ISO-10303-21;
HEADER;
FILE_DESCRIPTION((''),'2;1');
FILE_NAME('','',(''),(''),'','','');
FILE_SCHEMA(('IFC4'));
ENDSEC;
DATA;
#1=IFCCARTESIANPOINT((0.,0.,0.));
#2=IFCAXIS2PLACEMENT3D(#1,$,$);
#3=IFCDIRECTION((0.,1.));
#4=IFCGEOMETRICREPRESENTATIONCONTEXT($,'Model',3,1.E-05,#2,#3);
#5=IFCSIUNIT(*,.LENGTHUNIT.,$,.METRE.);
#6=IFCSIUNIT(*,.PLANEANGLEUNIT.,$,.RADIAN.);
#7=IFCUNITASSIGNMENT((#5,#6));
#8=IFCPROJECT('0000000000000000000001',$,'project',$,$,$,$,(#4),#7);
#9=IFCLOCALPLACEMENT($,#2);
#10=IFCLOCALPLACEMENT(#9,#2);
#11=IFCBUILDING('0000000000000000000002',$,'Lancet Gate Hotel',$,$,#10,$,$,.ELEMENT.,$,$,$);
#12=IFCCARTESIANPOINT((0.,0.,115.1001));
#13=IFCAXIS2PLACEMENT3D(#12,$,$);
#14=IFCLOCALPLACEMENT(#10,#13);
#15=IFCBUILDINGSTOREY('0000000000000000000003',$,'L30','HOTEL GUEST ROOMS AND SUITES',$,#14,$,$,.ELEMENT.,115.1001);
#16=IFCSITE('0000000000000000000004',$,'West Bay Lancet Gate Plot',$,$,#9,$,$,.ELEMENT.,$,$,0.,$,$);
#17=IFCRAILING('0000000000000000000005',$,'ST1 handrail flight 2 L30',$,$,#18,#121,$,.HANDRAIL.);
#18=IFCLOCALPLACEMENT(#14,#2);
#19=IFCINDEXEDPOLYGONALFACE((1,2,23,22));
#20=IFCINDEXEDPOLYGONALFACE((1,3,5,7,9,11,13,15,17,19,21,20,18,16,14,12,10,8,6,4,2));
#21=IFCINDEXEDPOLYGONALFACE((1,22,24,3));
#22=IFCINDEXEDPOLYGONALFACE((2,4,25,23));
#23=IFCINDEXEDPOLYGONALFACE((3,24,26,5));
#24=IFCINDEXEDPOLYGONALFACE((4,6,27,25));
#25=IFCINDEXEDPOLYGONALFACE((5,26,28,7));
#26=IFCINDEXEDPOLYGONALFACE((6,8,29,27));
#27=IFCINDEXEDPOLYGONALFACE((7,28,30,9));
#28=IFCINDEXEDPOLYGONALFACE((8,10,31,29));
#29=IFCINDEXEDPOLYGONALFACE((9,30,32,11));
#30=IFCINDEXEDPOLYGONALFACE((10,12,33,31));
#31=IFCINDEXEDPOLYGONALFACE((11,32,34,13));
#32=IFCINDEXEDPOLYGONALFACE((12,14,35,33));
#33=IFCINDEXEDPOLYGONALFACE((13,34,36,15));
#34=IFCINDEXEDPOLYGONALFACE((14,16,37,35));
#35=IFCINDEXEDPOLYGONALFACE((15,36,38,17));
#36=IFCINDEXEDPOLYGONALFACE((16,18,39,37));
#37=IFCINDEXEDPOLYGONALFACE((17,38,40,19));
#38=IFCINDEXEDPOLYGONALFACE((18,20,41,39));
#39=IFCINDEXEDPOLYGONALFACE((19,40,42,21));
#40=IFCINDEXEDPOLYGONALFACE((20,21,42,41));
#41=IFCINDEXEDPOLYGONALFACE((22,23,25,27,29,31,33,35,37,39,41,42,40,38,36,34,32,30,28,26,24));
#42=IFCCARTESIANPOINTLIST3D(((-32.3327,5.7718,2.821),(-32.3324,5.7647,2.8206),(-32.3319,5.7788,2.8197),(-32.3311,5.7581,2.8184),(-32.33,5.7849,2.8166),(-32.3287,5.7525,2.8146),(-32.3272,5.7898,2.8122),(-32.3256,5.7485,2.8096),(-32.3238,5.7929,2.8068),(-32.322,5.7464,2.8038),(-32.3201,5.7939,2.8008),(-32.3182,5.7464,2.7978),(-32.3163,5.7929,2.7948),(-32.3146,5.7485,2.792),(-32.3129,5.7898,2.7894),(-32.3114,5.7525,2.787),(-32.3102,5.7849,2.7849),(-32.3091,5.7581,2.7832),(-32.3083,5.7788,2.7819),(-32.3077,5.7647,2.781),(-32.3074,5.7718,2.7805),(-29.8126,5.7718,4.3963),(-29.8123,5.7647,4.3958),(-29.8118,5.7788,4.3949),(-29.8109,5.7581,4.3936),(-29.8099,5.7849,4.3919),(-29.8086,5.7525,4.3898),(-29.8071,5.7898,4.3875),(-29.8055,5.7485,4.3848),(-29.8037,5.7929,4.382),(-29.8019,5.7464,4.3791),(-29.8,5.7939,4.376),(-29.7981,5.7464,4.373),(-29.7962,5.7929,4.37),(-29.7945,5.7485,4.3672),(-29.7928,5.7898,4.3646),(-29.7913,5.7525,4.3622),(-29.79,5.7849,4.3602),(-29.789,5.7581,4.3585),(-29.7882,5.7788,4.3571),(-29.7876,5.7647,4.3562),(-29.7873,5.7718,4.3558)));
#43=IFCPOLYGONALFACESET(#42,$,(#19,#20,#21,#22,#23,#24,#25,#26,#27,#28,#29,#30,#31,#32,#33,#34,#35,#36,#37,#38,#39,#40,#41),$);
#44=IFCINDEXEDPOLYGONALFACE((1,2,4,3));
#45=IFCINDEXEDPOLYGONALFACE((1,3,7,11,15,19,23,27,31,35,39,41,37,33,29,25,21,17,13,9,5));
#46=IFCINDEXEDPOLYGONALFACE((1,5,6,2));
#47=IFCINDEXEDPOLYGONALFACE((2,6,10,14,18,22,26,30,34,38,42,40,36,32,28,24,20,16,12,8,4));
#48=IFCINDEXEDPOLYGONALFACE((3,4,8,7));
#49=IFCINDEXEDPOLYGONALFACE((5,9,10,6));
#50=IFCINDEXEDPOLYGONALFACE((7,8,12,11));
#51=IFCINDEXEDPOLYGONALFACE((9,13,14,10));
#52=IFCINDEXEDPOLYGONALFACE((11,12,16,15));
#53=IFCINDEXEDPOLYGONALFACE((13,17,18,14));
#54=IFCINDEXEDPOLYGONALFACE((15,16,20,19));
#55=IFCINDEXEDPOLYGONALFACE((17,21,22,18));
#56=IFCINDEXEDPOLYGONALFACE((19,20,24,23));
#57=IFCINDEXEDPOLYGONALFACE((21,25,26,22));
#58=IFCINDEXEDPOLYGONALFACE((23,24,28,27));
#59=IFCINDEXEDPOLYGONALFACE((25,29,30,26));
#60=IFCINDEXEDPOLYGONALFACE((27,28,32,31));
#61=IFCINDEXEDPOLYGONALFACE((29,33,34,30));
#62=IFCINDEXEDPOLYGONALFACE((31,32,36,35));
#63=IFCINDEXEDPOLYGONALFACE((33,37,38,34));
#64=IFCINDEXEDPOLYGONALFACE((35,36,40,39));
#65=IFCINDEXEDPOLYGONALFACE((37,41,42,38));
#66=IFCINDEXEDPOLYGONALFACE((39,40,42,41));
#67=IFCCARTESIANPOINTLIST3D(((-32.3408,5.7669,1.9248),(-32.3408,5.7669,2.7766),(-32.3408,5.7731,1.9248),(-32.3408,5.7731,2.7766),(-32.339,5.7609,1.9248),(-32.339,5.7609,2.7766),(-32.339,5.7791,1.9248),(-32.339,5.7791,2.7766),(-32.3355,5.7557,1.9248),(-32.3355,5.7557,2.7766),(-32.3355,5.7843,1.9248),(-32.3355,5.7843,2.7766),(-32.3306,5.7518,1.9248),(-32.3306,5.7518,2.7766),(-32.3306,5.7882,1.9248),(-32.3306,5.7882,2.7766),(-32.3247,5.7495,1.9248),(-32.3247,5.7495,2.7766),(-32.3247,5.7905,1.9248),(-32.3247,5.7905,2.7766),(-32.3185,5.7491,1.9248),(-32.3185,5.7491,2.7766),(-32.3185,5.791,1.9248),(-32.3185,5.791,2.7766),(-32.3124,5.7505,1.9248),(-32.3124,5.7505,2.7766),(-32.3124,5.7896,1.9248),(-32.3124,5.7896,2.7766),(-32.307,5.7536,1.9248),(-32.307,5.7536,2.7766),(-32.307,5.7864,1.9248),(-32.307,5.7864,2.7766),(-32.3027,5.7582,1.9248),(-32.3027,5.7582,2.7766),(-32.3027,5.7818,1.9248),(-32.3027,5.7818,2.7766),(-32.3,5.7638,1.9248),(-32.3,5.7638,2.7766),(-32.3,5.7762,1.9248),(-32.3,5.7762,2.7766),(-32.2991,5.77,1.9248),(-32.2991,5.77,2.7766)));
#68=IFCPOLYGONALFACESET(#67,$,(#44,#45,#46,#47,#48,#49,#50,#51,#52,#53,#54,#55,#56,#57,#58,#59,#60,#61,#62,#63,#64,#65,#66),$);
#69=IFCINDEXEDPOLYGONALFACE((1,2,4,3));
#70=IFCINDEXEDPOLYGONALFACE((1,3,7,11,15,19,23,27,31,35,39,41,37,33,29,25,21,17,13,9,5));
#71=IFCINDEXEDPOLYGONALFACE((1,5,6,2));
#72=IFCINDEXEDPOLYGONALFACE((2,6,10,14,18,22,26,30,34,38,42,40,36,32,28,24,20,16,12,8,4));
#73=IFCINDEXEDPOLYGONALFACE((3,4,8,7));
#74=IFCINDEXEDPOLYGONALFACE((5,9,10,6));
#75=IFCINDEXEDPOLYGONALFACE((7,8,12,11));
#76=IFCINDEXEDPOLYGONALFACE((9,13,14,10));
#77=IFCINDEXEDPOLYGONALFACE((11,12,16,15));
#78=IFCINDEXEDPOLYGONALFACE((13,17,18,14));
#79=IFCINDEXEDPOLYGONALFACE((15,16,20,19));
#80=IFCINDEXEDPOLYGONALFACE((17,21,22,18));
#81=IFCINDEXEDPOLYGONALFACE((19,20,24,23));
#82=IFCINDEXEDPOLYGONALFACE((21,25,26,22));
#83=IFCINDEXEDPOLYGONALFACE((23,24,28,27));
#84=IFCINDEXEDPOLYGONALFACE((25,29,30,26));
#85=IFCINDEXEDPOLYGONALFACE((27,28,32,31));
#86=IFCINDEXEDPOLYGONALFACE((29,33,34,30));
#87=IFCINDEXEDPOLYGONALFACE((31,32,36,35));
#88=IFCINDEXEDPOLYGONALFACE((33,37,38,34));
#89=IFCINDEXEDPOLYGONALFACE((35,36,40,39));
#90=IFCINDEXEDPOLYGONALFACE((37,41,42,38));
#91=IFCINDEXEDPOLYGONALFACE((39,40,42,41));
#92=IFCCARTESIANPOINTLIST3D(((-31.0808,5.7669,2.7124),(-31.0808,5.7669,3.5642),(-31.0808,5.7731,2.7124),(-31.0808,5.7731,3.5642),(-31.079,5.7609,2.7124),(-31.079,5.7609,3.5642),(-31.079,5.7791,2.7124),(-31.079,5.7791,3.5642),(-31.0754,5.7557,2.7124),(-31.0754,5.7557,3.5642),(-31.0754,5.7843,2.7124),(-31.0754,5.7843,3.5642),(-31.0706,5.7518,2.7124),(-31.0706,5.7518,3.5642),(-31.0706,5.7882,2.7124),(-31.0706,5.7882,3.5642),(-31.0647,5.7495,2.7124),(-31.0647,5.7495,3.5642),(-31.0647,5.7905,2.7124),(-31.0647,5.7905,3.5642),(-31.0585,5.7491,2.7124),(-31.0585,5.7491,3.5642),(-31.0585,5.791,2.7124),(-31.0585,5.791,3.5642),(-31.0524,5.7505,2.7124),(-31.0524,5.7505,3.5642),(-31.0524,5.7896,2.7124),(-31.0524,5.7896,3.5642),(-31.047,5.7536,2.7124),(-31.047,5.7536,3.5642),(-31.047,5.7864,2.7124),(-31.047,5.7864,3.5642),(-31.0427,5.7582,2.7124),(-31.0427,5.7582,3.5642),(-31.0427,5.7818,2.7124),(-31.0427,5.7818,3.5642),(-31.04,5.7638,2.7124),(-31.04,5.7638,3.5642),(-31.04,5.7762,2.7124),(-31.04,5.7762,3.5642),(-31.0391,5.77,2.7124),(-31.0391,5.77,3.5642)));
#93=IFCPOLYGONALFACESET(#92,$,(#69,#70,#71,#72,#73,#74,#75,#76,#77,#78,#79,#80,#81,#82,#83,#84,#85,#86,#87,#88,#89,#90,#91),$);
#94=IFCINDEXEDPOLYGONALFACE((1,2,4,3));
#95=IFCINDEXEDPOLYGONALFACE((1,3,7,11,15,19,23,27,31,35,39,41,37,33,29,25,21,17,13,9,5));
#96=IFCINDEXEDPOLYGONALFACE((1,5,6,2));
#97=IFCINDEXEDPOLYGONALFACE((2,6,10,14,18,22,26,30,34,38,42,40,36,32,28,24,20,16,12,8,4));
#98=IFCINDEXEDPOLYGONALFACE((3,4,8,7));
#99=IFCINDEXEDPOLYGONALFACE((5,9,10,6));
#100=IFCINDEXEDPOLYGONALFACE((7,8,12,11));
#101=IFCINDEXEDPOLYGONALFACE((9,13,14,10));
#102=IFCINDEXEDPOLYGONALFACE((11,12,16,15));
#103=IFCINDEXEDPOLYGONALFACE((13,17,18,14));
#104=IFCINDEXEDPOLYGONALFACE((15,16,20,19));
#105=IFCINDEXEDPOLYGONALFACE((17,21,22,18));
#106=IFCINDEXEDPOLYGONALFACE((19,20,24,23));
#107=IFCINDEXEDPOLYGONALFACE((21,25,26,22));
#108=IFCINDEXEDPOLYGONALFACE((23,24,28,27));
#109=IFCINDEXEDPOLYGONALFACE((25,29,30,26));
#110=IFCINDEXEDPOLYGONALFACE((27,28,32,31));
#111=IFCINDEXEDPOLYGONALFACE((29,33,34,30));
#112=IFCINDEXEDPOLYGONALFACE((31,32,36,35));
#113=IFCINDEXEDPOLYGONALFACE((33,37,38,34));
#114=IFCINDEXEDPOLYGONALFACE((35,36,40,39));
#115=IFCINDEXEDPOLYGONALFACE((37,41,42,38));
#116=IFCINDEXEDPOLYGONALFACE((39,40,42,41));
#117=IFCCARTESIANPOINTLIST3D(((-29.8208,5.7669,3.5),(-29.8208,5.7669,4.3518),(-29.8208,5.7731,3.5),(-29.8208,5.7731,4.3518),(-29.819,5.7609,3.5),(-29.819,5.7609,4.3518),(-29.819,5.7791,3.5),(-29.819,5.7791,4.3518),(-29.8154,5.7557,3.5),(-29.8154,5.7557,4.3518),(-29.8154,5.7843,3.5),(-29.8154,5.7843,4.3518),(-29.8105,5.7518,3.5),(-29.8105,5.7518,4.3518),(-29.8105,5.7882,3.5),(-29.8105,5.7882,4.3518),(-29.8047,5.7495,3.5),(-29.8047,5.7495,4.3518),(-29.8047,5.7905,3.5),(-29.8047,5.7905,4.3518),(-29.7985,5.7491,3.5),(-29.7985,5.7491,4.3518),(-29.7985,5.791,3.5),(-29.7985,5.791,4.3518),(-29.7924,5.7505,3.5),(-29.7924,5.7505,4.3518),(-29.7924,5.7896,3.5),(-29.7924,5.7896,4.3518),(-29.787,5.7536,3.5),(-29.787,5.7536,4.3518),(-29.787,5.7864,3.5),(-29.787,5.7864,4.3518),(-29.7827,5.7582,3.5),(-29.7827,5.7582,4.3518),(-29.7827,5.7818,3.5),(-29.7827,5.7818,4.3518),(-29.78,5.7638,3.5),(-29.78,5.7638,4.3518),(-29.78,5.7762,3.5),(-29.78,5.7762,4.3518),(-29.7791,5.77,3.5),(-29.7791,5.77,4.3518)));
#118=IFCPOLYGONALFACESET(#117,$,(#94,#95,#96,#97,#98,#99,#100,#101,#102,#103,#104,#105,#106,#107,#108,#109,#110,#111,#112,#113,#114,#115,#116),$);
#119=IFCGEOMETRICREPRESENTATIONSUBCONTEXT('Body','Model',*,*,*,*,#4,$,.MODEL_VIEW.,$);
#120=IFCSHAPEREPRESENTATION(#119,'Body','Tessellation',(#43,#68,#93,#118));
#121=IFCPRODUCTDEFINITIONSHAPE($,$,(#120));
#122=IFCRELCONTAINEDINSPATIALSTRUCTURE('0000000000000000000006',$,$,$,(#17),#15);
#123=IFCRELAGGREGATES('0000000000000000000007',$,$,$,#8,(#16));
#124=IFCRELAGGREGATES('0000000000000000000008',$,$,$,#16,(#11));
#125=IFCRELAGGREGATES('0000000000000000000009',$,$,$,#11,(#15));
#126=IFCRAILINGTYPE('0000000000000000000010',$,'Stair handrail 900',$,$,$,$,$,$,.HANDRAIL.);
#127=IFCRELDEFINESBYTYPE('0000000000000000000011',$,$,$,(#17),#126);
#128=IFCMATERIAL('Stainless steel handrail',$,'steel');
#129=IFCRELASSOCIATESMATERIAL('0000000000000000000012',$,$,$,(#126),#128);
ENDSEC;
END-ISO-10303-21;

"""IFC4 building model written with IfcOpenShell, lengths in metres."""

from ifc_helpers import new_model, si_unit, direction, frame, origin, origin_2d, place, context, subcontext, project, spatial, circle, extrude, material, type_object, element, save


model = new_model("IFC4")

# Units and contexts
model_context = context("Model", 3, precision=1e-05, world=origin(), true_north=direction((0.0, 1.0)))
body_context = subcontext(model_context, "Body", "Model", "MODEL_VIEW")
ifc_project = project(units=[si_unit("LENGTHUNIT", "METRE"), si_unit("PLANEANGLEUNIT", "RADIAN")], contexts=[model_context])

# Site, building, storey
site_placement = place(None, origin())
site = spatial("IfcSite", under=ifc_project, at=site_placement, Name="West Bay Lancet Gate Plot", CompositionType="ELEMENT", RefElevation=0.0)
building_placement = place(site_placement, origin())
building = spatial("IfcBuilding", under=site, at=building_placement, Name="Lancet Gate Hotel", CompositionType="ELEMENT")
storey_placement = place(building_placement, frame((0.0, 0.0, 115.1001)))
storey = spatial("IfcBuildingStorey", under=building, at=storey_placement, Name="L30", Description="HOTEL GUEST ROOMS AND SUITES", CompositionType="ELEMENT", Elevation=115.1001)

# Railing
ifc_material_1 = material(Name="Stainless steel handrail", Category="steel")
railing_type = type_object("IfcRailingType", Name="Stair handrail 900", PredefinedType="HANDRAIL", material=ifc_material_1)
railing_1_placement = place(storey_placement, frame((-32.3201, 5.77, 1.9248)))
element("IfcRailing", 1, at=railing_1_placement, inside=storey, type_object=railing_type, Name="ST1 handrail flight 2 L30", PredefinedType="HANDRAIL", context=body_context, shape_type="SweptSolid", body=[
    extrude(circle(Radius=0.0239, at=origin_2d()), frame((0.0, 0.0, 0.876), z_axis=(0.847971, 0.0, 0.530043), x_axis=(0.0, 1.0, 0.0)), (0.0, 0.0, 1.0), 2.9719),
    extrude(circle(Radius=0.021, at=origin_2d()), origin(), (0.0, 0.0, 1.0), 0.8518),
    extrude(circle(Radius=0.021, at=origin_2d()), frame((1.26, 0.0, 0.7876)), (0.0, 0.0, 1.0), 0.8518),
    extrude(circle(Radius=0.021, at=origin_2d()), frame((2.52, 0.0, 1.5752)), (0.0, 0.0, 1.0), 0.8518),
])

save(model, "model.ifc")
